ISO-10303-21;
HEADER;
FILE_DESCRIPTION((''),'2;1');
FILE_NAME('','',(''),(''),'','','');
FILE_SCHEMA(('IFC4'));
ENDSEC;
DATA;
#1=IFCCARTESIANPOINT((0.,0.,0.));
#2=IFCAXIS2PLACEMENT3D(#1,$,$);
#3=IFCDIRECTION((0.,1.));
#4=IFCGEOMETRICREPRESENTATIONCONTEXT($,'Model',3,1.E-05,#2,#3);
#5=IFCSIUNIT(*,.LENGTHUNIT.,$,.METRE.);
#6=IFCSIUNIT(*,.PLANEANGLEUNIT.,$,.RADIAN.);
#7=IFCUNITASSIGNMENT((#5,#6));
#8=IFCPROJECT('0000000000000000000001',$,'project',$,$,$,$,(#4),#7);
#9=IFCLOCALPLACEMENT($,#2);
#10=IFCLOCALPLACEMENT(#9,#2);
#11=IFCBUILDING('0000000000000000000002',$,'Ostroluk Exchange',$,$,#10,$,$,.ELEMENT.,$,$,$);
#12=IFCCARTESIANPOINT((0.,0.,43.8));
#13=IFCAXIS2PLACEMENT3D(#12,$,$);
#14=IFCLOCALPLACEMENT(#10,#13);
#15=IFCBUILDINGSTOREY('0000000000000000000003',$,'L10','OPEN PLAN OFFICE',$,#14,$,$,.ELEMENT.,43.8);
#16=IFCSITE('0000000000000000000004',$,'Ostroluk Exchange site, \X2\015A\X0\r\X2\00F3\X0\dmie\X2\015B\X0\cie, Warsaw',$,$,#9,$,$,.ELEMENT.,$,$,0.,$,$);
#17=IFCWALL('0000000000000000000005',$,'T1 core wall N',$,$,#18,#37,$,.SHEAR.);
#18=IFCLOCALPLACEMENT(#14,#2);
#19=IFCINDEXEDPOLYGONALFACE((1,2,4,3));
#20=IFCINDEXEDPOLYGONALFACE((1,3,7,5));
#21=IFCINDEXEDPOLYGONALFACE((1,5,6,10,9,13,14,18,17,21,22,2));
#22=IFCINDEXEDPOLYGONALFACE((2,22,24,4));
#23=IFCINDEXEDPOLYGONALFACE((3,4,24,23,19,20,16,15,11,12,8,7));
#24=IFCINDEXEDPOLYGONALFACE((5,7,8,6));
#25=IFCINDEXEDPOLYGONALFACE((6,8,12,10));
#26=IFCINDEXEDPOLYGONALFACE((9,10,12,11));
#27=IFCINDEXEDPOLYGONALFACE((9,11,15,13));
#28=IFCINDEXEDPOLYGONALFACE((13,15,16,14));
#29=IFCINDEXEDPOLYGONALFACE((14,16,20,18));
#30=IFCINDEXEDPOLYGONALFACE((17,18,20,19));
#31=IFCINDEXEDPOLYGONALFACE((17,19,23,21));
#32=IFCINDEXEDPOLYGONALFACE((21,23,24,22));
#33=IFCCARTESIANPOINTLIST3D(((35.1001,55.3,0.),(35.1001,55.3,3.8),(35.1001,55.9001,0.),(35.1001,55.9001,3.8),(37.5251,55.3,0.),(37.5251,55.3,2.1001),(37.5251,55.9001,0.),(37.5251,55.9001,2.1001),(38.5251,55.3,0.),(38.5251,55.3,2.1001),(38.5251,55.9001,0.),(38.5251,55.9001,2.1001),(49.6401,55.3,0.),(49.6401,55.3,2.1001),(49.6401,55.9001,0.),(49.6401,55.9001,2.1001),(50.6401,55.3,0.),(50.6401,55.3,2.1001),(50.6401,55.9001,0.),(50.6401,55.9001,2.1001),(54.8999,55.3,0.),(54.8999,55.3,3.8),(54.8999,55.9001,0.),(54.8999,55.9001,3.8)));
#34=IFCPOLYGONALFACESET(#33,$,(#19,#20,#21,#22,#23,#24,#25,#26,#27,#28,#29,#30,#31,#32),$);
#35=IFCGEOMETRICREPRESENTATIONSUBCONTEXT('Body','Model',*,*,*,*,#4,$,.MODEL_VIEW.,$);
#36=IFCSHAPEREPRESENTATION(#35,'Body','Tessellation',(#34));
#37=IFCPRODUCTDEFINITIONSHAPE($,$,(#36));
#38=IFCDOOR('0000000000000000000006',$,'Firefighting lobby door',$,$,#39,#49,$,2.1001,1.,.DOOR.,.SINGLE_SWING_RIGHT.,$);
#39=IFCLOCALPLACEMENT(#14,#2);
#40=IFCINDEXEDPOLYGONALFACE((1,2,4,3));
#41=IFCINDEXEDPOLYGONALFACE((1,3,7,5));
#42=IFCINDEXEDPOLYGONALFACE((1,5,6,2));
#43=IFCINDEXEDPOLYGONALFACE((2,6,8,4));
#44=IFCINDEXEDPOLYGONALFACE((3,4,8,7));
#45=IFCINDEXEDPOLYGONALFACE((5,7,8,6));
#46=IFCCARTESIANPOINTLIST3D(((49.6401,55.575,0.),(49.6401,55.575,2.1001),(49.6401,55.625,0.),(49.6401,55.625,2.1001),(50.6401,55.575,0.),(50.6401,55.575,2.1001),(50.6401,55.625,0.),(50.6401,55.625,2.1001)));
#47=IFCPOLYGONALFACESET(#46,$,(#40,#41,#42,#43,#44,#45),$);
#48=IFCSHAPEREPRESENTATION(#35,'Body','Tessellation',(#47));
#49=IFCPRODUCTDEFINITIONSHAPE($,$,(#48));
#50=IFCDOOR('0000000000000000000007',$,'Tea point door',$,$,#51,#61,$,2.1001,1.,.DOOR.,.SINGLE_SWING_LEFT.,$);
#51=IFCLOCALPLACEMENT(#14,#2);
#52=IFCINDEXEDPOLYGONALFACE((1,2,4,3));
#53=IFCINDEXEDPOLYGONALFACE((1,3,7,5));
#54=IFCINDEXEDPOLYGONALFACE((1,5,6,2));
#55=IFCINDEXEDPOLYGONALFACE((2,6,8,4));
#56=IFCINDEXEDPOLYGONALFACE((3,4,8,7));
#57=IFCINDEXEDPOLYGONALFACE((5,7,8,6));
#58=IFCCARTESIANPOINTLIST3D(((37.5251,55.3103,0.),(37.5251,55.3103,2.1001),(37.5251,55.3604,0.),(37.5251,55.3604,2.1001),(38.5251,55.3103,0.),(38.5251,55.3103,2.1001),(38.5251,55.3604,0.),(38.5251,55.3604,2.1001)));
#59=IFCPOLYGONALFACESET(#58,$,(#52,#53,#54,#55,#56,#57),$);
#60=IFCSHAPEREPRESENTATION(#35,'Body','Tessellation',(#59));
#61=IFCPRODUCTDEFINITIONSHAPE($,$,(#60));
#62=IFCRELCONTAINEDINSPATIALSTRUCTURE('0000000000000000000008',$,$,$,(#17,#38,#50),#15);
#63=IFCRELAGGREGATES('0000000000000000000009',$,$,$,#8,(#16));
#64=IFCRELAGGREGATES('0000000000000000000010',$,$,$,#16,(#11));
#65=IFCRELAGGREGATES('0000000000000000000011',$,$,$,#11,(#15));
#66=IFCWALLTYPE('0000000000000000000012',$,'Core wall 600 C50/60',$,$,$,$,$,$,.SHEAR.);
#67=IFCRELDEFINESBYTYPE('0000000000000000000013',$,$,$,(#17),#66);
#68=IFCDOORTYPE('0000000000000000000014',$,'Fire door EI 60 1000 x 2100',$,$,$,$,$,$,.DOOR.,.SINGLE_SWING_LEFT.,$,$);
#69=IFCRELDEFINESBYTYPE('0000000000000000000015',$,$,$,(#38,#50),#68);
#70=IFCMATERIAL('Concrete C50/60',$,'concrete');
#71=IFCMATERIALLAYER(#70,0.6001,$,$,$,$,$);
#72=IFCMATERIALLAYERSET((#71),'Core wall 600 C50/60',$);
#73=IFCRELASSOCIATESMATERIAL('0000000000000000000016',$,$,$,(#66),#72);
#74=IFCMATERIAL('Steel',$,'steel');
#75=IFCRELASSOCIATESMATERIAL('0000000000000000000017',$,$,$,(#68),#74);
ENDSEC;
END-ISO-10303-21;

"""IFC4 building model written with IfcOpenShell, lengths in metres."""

from ifc_helpers import new_model, si_unit, direction, frame, frame_2d, origin, place, context, subcontext, project, spatial, rectangle, extrude, material, layer, layer_set, type_object, element, fill, save


model = new_model("IFC4")

# Units and contexts
model_context = context("Model", 3, precision=1e-05, world=origin(), true_north=direction((0.0, 1.0)))
body_context = subcontext(model_context, "Body", "Model", "MODEL_VIEW")
ifc_project = project(units=[si_unit("LENGTHUNIT", "METRE"), si_unit("PLANEANGLEUNIT", "RADIAN")], contexts=[model_context])

# Site, building, storey
site_placement = place(None, origin())
site = spatial("IfcSite", under=ifc_project, at=site_placement, Name="Ostroluk Exchange site, Śródmieście, Warsaw", CompositionType="ELEMENT", RefElevation=0.0)
building_placement = place(site_placement, origin())
building = spatial("IfcBuilding", under=site, at=building_placement, Name="Ostroluk Exchange", CompositionType="ELEMENT")
storey_placement = place(building_placement, frame((0.0, 0.0, 43.8)))
storey = spatial("IfcBuildingStorey", under=building, at=storey_placement, Name="L10", Description="OPEN PLAN OFFICE", CompositionType="ELEMENT", Elevation=43.8)

# Wall, openings, doors
ifc_material_1 = material(Name="Concrete C50/60", Category="concrete")
ifc_layer_1 = layer(ifc_material_1, 0.6001)
ifc_layer_set_1 = layer_set([ifc_layer_1], Name="Core wall 600 C50/60")
wall_type_1 = type_object("IfcWallType", Name="Core wall 600 C50/60", PredefinedType="SHEAR", material=ifc_layer_set_1)
wall_1_placement = place(storey_placement, frame((35.1001, 55.6001, 0.0), z_axis=(0.0, 0.0, 1.0), x_axis=(1.0, 0.0, 0.0)))
wall_1 = element("IfcWall", 1, at=wall_1_placement, inside=storey, type_object=wall_type_1, Name="T1 core wall N", PredefinedType="SHEAR", context=body_context, shape_type="SweptSolid", body=[
    extrude(rectangle(XDim=19.7998, YDim=0.6001, at=frame_2d((9.8999, 0.0))), origin(), (0.0, 0.0, 1.0), 3.8),
])
opening_1_placement = place(wall_1_placement, frame((14.54, 0.0, 0.0)))
opening_1 = element("IfcOpeningElement", 2, at=opening_1_placement, cuts=wall_1, PredefinedType="OPENING", context=body_context, shape_type="SweptSolid", body=[
    extrude(rectangle(XDim=1.0, YDim=2.1001, at=frame_2d((0.5, 1.05))), frame((0.0, 0.3101, 0.0), z_axis=(0.0, -1.0, 0.0), x_axis=(1.0, 0.0, 0.0)), (0.0, 0.0, 1.0), 0.6201),
])
opening_2_placement = place(wall_1_placement, frame((2.425, 0.0, 0.0)))
opening_2 = element("IfcOpeningElement", 3, at=opening_2_placement, cuts=wall_1, PredefinedType="OPENING", context=body_context, shape_type="SweptSolid", body=[
    extrude(rectangle(XDim=1.0, YDim=2.1001, at=frame_2d((0.5, 1.05))), frame((0.0, 0.3101, 0.0), z_axis=(0.0, -1.0, 0.0), x_axis=(1.0, 0.0, 0.0)), (0.0, 0.0, 1.0), 0.6201),
])
ifc_material_2 = material(Name="Steel", Category="steel")
door_type = type_object("IfcDoorType", Name="Fire door EI 60 1000 x 2100", OperationType="SINGLE_SWING_LEFT", PredefinedType="DOOR", material=ifc_material_2)
door_1_placement = place(opening_1_placement, origin())
door_1 = element("IfcDoor", 4, at=door_1_placement, inside=storey, type_object=door_type, Name="Firefighting lobby door", OperationType="SINGLE_SWING_RIGHT", OverallHeight=2.1001, OverallWidth=1.0, PredefinedType="DOOR", context=body_context, shape_type="SweptSolid", body=[
    extrude(rectangle(XDim=1.0, YDim=2.1001, at=frame_2d((0.5, 1.05))), frame((0.0, 0.0249, 0.0), z_axis=(0.0, -1.0, 0.0), x_axis=(1.0, 0.0, 0.0)), (0.0, 0.0, 1.0), 0.05),
])
fill(opening_1, door_1)
door_2_placement = place(opening_2_placement, origin())
door_2 = element("IfcDoor", 5, at=door_2_placement, inside=storey, type_object=door_type, Name="Tea point door", OperationType="SINGLE_SWING_LEFT", OverallHeight=2.1001, OverallWidth=1.0, PredefinedType="DOOR", context=body_context, shape_type="SweptSolid", body=[
    extrude(rectangle(XDim=1.0, YDim=2.1001, at=frame_2d((0.5, 1.05))), frame((0.0, -0.2397, 0.0), z_axis=(0.0, -1.0, 0.0), x_axis=(1.0, 0.0, 0.0)), (0.0, 0.0, 1.0), 0.05),
])
fill(opening_2, door_2)

save(model, "model.ifc")
